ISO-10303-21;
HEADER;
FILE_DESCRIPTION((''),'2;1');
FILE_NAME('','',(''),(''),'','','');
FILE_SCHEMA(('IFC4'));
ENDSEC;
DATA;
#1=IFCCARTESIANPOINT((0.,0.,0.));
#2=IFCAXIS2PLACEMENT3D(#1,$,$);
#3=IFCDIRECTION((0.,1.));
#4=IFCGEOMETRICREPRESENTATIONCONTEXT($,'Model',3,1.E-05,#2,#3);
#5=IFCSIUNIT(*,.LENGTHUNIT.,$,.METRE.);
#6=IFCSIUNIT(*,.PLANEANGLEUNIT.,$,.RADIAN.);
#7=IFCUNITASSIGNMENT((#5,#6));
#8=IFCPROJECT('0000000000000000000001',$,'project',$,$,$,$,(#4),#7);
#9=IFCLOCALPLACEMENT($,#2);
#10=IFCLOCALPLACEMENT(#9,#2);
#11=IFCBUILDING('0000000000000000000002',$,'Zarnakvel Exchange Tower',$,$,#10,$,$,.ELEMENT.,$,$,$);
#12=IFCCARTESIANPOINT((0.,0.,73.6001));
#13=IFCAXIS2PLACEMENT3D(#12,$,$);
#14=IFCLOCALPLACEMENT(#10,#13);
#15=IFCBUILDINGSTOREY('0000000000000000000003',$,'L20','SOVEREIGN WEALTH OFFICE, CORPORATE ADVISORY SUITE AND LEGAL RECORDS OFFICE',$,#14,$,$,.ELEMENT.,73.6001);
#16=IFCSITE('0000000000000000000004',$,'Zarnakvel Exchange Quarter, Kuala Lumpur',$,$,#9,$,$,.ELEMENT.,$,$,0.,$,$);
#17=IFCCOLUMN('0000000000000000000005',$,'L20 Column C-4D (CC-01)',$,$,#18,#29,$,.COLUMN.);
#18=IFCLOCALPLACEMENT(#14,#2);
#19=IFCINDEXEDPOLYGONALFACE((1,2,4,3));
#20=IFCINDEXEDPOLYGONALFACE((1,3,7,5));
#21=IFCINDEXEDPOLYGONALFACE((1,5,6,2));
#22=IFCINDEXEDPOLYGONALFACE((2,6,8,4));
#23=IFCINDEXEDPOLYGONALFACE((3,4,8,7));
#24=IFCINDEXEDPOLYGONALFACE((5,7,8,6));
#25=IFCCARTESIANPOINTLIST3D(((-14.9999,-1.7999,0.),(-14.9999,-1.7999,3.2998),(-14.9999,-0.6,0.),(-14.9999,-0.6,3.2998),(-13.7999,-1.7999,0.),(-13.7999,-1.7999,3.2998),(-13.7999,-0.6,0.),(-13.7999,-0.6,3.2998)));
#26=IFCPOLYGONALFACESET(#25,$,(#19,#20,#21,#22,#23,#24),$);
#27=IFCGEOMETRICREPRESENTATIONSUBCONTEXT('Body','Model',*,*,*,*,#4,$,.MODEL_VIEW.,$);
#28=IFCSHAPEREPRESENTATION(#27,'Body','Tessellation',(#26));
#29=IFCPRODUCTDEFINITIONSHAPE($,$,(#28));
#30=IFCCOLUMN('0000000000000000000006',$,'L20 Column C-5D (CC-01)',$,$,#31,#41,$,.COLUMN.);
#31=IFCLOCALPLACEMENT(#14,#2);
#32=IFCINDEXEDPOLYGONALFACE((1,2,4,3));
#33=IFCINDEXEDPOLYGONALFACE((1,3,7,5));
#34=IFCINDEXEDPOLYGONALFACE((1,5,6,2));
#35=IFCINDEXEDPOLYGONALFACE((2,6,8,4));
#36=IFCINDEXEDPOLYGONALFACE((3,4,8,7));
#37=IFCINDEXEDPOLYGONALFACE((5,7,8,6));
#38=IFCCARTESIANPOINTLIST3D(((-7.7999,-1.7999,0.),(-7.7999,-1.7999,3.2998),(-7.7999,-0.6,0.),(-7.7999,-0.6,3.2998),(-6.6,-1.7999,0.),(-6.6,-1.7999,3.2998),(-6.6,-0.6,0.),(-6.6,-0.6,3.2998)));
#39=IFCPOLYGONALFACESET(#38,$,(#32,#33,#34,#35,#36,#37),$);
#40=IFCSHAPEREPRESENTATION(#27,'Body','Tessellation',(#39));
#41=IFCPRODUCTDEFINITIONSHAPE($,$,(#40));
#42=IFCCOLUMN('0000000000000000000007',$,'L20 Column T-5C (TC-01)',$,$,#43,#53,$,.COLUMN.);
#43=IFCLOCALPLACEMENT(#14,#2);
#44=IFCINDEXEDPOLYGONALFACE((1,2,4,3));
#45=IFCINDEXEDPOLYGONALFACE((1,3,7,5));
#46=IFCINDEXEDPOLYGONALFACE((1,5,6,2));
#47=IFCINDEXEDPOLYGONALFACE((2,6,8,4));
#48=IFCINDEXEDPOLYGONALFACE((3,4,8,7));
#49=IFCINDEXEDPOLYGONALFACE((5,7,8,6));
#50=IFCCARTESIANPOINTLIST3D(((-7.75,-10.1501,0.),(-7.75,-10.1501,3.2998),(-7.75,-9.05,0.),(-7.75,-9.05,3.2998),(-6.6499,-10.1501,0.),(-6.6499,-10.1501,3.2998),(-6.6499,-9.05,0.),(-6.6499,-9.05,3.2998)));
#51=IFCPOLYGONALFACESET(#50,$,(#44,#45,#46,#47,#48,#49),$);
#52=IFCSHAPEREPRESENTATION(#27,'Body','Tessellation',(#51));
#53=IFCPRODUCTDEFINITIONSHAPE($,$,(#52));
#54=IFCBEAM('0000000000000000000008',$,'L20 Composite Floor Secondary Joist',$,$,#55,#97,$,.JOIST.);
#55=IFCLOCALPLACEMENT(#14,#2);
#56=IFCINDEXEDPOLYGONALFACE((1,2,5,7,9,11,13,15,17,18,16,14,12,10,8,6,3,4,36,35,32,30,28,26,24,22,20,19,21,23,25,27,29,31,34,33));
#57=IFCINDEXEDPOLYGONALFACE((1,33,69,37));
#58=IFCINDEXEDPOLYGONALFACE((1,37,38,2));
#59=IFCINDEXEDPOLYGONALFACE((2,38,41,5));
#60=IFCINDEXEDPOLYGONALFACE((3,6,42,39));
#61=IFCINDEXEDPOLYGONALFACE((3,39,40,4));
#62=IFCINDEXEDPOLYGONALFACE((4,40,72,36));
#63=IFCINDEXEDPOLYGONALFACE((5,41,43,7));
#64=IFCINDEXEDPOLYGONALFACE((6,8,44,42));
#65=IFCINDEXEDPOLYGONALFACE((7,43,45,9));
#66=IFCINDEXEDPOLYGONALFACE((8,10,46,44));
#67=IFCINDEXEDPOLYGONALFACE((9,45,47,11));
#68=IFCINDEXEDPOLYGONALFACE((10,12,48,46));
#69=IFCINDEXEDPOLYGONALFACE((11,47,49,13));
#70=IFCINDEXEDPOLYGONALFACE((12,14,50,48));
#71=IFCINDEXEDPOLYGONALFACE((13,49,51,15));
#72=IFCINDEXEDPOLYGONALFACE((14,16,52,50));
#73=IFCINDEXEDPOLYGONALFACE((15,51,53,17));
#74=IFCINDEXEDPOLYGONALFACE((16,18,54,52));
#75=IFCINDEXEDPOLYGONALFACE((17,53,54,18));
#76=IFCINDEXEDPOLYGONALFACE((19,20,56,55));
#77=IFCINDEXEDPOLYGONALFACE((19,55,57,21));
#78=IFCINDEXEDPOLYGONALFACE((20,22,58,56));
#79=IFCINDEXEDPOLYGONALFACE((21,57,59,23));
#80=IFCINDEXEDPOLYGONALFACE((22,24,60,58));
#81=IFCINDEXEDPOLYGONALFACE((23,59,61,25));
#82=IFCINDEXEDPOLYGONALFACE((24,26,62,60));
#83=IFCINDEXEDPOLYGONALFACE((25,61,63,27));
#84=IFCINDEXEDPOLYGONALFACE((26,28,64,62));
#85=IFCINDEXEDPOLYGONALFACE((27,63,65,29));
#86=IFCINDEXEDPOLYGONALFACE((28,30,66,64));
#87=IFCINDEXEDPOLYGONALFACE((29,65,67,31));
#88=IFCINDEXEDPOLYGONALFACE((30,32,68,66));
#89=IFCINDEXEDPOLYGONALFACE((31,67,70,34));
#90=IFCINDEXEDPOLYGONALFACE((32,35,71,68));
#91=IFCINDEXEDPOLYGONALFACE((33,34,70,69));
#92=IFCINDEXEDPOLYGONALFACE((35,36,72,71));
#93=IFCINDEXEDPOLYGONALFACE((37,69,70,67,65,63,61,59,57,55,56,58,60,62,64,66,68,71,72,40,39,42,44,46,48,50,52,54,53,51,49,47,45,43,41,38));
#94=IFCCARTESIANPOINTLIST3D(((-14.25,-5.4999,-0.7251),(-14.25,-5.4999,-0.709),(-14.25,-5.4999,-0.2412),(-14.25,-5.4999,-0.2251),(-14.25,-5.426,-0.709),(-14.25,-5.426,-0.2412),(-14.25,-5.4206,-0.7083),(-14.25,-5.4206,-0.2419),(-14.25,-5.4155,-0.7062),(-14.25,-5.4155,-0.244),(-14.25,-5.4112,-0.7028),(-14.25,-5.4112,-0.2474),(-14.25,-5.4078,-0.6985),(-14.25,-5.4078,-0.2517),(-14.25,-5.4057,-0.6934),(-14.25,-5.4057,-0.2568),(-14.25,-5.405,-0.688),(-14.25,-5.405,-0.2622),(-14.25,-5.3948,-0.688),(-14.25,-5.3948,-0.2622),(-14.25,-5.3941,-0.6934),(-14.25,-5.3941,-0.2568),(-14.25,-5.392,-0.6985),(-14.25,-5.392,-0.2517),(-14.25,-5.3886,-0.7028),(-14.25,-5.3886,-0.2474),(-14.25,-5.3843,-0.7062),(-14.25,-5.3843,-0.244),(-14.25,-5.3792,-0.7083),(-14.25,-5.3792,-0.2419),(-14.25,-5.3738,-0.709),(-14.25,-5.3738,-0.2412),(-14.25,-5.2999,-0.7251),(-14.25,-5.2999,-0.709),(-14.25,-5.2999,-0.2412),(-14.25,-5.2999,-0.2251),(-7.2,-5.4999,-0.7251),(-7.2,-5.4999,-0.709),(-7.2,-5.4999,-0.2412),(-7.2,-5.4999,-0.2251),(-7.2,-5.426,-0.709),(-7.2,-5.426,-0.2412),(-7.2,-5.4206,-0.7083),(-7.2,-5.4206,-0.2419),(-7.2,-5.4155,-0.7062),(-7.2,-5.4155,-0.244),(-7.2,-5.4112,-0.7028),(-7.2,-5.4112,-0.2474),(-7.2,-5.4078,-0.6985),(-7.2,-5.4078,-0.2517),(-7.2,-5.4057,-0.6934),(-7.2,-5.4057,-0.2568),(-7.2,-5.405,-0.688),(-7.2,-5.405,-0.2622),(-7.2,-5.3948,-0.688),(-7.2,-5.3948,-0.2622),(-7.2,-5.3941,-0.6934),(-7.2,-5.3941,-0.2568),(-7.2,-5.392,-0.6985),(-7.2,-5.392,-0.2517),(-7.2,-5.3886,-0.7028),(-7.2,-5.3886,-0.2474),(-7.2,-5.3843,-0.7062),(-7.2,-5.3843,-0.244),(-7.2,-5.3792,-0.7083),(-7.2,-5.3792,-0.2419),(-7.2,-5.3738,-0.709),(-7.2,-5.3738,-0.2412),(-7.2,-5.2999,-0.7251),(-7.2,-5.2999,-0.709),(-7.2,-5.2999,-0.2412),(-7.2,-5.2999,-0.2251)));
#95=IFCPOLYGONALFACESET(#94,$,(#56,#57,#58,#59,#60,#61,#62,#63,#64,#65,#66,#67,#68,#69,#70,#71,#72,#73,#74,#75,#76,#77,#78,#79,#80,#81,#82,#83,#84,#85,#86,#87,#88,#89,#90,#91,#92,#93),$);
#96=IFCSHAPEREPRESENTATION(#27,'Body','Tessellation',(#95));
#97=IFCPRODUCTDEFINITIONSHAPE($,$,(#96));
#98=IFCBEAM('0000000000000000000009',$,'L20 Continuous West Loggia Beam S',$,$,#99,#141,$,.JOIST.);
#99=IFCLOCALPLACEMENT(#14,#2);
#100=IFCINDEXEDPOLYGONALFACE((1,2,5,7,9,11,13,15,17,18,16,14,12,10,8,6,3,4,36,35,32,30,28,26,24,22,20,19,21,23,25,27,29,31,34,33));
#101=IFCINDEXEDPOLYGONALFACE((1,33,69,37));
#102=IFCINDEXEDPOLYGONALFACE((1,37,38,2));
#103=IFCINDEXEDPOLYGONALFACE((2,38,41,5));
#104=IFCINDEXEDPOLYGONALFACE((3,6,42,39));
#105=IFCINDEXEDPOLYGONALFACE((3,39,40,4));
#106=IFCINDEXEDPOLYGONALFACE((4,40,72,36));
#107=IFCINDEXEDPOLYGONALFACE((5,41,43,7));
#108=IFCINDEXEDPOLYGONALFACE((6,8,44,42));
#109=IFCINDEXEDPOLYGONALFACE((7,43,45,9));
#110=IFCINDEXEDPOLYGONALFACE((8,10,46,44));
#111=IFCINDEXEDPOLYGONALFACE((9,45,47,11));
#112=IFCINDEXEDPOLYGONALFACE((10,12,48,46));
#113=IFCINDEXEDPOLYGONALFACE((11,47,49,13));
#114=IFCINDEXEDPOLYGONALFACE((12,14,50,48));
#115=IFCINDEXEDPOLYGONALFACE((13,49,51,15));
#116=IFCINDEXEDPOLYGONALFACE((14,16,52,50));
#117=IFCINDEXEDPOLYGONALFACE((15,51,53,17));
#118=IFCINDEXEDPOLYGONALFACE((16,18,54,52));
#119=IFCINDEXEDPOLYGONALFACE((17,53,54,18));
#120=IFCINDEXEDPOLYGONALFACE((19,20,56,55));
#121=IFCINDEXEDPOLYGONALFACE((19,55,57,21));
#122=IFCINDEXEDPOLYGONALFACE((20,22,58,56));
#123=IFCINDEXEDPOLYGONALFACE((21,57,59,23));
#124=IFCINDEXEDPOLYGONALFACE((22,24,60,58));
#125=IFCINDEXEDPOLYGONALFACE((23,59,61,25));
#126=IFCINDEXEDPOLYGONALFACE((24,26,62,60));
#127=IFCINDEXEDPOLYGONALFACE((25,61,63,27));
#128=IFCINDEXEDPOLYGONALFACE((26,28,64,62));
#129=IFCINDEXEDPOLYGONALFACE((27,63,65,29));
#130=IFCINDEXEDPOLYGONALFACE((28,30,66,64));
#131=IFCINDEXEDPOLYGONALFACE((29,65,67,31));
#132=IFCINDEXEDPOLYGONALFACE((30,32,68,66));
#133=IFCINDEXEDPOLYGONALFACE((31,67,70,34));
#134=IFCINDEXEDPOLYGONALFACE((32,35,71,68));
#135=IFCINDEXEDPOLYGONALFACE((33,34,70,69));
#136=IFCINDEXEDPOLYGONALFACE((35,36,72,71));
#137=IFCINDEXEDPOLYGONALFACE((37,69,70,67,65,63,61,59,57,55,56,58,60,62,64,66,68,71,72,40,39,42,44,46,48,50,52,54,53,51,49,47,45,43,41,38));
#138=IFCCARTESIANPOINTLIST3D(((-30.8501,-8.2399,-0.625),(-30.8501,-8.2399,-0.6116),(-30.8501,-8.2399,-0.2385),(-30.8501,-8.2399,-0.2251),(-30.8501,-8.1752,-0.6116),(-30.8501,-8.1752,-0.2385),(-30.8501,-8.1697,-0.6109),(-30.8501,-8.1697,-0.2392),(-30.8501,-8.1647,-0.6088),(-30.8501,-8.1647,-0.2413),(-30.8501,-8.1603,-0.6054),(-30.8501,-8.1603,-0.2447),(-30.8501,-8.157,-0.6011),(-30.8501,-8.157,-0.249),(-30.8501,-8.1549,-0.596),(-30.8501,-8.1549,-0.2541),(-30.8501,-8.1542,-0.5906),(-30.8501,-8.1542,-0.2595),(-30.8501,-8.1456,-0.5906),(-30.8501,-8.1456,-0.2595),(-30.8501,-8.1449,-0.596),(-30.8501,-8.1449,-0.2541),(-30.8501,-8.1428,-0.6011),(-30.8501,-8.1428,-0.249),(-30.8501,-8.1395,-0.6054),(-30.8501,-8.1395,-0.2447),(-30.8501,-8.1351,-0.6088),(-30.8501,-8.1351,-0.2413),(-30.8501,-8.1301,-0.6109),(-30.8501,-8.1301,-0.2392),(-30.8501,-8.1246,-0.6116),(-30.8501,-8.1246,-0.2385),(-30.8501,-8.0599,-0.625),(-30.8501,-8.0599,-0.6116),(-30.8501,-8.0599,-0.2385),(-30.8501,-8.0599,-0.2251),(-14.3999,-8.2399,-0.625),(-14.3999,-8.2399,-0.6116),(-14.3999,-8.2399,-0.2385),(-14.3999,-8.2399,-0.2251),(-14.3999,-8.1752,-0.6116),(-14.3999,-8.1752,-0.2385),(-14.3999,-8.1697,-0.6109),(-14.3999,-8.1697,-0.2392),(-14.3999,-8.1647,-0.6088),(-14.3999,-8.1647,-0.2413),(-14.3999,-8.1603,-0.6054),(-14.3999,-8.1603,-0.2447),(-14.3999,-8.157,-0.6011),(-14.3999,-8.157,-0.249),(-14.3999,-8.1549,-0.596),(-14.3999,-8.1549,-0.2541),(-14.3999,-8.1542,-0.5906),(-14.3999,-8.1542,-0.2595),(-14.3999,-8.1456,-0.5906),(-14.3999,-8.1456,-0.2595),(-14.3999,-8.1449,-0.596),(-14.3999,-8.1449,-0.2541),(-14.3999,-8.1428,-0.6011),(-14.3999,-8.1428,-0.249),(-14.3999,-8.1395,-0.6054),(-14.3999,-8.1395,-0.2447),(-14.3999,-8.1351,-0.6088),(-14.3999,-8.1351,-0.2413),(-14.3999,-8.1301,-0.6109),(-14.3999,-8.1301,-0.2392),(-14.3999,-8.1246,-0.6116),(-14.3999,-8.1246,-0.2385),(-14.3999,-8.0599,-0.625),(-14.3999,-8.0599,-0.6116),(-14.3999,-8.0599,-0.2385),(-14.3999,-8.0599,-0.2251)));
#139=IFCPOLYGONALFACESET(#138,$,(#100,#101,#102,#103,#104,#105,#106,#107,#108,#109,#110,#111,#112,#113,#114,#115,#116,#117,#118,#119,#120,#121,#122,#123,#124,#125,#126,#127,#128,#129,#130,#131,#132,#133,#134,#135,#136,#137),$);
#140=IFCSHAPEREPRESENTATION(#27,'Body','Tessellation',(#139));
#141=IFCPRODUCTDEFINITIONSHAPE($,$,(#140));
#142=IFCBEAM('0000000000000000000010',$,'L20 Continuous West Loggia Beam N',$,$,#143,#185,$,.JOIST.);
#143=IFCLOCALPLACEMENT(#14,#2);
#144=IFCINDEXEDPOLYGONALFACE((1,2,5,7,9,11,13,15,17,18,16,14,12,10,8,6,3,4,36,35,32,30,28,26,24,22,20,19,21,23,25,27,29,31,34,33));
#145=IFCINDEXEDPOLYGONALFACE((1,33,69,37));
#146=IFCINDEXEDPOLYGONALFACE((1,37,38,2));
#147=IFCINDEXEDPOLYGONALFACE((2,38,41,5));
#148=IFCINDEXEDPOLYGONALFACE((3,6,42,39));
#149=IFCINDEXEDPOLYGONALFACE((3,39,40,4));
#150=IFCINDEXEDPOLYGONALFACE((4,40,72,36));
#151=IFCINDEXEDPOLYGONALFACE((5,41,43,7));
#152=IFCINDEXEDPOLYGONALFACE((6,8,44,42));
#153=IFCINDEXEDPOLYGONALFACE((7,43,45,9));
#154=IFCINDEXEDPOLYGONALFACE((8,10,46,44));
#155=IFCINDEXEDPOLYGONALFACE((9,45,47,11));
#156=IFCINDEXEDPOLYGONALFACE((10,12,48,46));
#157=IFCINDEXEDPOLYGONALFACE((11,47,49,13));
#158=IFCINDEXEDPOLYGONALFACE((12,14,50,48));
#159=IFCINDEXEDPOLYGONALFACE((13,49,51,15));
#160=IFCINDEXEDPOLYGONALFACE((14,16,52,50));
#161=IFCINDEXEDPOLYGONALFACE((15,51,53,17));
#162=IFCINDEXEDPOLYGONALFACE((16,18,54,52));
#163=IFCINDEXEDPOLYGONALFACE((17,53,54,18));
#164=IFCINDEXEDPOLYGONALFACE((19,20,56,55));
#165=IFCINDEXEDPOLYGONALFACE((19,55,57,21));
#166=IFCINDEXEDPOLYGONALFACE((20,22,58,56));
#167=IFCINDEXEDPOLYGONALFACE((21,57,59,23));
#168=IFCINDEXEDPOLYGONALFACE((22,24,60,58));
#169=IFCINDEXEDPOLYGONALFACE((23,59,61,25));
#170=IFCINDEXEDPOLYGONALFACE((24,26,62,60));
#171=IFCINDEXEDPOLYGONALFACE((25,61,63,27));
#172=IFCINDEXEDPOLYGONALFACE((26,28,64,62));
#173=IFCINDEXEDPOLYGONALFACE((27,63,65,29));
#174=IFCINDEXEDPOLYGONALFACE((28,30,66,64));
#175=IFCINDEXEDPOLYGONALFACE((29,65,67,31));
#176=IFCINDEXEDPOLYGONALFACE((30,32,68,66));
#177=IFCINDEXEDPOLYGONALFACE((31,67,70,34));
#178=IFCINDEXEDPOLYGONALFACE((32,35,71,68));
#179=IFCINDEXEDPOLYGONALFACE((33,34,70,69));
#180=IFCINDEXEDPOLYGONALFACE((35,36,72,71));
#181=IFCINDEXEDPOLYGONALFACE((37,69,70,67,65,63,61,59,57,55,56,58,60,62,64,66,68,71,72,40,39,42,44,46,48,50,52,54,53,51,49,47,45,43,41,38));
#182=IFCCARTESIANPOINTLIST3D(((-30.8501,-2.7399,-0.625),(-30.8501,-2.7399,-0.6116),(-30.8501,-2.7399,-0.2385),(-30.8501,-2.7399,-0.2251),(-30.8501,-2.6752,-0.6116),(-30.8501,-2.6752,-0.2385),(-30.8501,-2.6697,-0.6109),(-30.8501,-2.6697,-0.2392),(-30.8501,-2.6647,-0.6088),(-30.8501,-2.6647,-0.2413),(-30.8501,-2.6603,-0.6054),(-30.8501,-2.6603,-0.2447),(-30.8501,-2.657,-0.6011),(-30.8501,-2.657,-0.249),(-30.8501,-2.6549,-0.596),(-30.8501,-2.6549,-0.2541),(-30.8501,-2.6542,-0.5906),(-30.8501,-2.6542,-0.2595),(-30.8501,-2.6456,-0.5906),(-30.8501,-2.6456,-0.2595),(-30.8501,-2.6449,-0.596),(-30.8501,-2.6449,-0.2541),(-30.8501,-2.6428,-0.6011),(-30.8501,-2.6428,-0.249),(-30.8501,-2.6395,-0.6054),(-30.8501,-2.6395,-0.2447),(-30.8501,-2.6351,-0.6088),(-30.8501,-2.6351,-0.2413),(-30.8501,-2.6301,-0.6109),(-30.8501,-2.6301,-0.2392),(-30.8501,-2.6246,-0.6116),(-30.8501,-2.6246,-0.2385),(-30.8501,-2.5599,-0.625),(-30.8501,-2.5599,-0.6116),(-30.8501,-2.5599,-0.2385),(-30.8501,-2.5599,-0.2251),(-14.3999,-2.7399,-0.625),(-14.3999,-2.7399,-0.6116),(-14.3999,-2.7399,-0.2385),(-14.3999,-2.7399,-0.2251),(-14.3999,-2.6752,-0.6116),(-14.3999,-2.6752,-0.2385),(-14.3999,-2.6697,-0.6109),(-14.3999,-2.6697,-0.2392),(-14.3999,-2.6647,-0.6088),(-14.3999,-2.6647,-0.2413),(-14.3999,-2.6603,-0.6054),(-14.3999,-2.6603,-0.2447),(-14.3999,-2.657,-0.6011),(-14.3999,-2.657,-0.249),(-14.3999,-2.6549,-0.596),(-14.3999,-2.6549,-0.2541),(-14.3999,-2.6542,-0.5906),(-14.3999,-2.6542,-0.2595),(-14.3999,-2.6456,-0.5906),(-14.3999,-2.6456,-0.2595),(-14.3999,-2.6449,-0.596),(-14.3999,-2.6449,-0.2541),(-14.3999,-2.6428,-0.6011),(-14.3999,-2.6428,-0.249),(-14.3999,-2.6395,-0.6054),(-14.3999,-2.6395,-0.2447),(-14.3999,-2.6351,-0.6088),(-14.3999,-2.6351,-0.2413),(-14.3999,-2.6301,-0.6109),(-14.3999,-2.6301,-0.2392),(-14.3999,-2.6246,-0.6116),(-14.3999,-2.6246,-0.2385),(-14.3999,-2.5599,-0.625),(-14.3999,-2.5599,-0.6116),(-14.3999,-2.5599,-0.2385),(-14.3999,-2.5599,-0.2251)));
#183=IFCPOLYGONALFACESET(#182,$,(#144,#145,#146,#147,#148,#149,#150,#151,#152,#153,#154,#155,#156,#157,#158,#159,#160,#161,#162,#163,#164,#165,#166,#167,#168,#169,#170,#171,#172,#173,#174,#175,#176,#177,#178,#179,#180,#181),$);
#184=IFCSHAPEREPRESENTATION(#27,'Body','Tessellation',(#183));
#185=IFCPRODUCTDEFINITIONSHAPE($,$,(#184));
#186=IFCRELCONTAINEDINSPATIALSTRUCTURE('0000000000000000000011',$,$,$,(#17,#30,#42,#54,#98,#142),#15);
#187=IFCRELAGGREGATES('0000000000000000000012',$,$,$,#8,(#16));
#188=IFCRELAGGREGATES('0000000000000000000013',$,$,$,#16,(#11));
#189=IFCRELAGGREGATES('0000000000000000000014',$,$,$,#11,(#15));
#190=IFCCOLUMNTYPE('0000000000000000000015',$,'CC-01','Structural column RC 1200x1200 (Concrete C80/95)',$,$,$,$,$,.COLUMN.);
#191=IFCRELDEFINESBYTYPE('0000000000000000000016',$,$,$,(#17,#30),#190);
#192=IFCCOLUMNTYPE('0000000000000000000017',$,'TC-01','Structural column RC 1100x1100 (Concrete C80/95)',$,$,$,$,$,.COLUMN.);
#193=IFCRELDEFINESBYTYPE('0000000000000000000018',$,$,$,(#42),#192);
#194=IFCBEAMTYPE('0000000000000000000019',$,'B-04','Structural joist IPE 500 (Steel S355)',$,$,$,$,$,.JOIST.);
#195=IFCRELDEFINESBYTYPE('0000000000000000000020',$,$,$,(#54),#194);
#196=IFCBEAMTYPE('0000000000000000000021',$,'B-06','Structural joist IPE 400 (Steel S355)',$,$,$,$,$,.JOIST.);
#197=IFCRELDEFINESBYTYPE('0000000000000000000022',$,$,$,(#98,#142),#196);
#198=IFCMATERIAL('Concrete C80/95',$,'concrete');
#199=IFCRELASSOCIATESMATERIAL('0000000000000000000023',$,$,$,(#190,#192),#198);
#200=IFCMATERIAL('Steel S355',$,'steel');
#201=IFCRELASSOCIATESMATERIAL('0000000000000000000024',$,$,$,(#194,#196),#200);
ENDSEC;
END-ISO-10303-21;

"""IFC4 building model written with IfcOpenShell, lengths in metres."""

from ifc_helpers import new_model, si_unit, direction, frame, origin, origin_2d, place, context, subcontext, project, spatial, rectangle, i_section, extrude, material, material_profile, profile_set, type_object, element, save


model = new_model("IFC4")

# Units and contexts
model_context = context("Model", 3, precision=1e-05, world=origin(), true_north=direction((0.0, 1.0)))
body_context = subcontext(model_context, "Body", "Model", "MODEL_VIEW")
ifc_project = project(units=[si_unit("LENGTHUNIT", "METRE"), si_unit("PLANEANGLEUNIT", "RADIAN")], contexts=[model_context])

# Site, building, storey
site_placement = place(None, origin())
site = spatial("IfcSite", under=ifc_project, at=site_placement, Name="Zarnakvel Exchange Quarter, Kuala Lumpur", CompositionType="ELEMENT", RefElevation=0.0)
building_placement = place(site_placement, origin())
building = spatial("IfcBuilding", under=site, at=building_placement, Name="Zarnakvel Exchange Tower", CompositionType="ELEMENT")
storey_placement = place(building_placement, frame((0.0, 0.0, 73.6001)))
storey = spatial("IfcBuildingStorey", under=building, at=storey_placement, Name="L20", Description="SOVEREIGN WEALTH OFFICE, CORPORATE ADVISORY SUITE AND LEGAL RECORDS OFFICE", CompositionType="ELEMENT", Elevation=73.6001)

# Columns
ifc_material_1 = material(Name="Concrete C80/95", Category="concrete")
ifc_material_profile_1 = material_profile(ifc_material_1, rectangle(XDim=1.2, YDim=1.2, at=origin_2d()))
ifc_profile_set_1 = profile_set([ifc_material_profile_1], Name="Concrete C80/95")
column_type_1 = type_object("IfcColumnType", Name="CC-01", Description="Structural column RC 1200x1200 (Concrete C80/95)", PredefinedType="COLUMN", material=ifc_profile_set_1)
for number, where, z_axis, x_axis, name in (
    (1, (-14.3999, -1.2, 0.0), (0.0, 0.0, 1.0), (1.0, 0.0, 0.0), "L20 Column C-4D (CC-01)"),
    (2, (-7.2, -1.2, 0.0), (0.0, 0.0, 1.0), (1.0, 0.0, 0.0), "L20 Column C-5D (CC-01)"),
):
    element("IfcColumn", number, at=place(storey_placement, frame(where, z_axis=z_axis, x_axis=x_axis)), inside=storey, type_object=column_type_1, Name=name, PredefinedType="COLUMN", context=body_context, shape_type="SweptSolid", body=[
        extrude(rectangle(XDim=1.2, YDim=1.2, at=origin_2d()), origin(), (0.0, 0.0, 1.0), 3.2998),
    ])
ifc_material_profile_2 = material_profile(ifc_material_1, rectangle(XDim=1.1001, YDim=1.1001, at=origin_2d()))
ifc_profile_set_2 = profile_set([ifc_material_profile_2], Name="Concrete C80/95")
column_type_2 = type_object("IfcColumnType", Name="TC-01", Description="Structural column RC 1100x1100 (Concrete C80/95)", PredefinedType="COLUMN", material=ifc_profile_set_2)
column_placement = place(storey_placement, frame((-7.2, -9.6001, 0.0), z_axis=(0.0, 0.0, 1.0), x_axis=(1.0, 0.0, 0.0)))
element("IfcColumn", 3, at=column_placement, inside=storey, type_object=column_type_2, Name="L20 Column T-5C (TC-01)", PredefinedType="COLUMN", context=body_context, shape_type="SweptSolid", body=[
    extrude(rectangle(XDim=1.1001, YDim=1.1001, at=origin_2d()), origin(), (0.0, 0.0, 1.0), 3.2998),
])

# Beams
ifc_material_2 = material(Name="Steel S355", Category="steel")
ifc_material_profile_3 = material_profile(ifc_material_2, i_section(OverallWidth=0.2, OverallDepth=0.5, WebThickness=0.0103, FlangeThickness=0.0161, FilletRadius=0.021, at=origin_2d()))
ifc_profile_set_3 = profile_set([ifc_material_profile_3], Name="Steel S355")
beam_type_1 = type_object("IfcBeamType", Name="B-04", Description="Structural joist IPE 500 (Steel S355)", PredefinedType="JOIST", material=ifc_profile_set_3)
beam_1_placement = place(storey_placement, frame((-14.25, -5.3999, -0.4751), z_axis=(1.0, 0.0, 0.0), x_axis=(0.0, 1.0, 0.0)))
element("IfcBeam", 4, at=beam_1_placement, inside=storey, type_object=beam_type_1, Name="L20 Composite Floor Secondary Joist", PredefinedType="JOIST", context=body_context, shape_type="SweptSolid", body=[
    extrude(i_section(OverallWidth=0.2, OverallDepth=0.5, WebThickness=0.0103, FlangeThickness=0.0161, FilletRadius=0.021, at=origin_2d()), origin(), (0.0, 0.0, 1.0), 7.05),
])
ifc_material_profile_4 = material_profile(ifc_material_2, i_section(OverallWidth=0.1799, OverallDepth=0.3999, WebThickness=0.0085, FlangeThickness=0.0134, FilletRadius=0.021, at=origin_2d()))
ifc_profile_set_4 = profile_set([ifc_material_profile_4], Name="Steel S355")
beam_type_2 = type_object("IfcBeamType", Name="B-06", Description="Structural joist IPE 400 (Steel S355)", PredefinedType="JOIST", material=ifc_profile_set_4)
for number, where, z_axis, x_axis, name in (
    (5, (-14.3999, -8.1499, -0.425), (-1.0, 0.0, 0.0), (0.0, -1.0, 0.0), "L20 Continuous West Loggia Beam S"),
    (6, (-14.3999, -2.6499, -0.425), (-1.0, 0.0, 0.0), (0.0, -1.0, 0.0), "L20 Continuous West Loggia Beam N"),
):
    element("IfcBeam", number, at=place(storey_placement, frame(where, z_axis=z_axis, x_axis=x_axis)), inside=storey, type_object=beam_type_2, Name=name, PredefinedType="JOIST", context=body_context, shape_type="SweptSolid", body=[
        extrude(i_section(OverallWidth=0.1799, OverallDepth=0.3999, WebThickness=0.0085, FlangeThickness=0.0134, FilletRadius=0.021, at=origin_2d()), origin(), (0.0, 0.0, 1.0), 16.4502),
    ])

save(model, "model.ifc")
